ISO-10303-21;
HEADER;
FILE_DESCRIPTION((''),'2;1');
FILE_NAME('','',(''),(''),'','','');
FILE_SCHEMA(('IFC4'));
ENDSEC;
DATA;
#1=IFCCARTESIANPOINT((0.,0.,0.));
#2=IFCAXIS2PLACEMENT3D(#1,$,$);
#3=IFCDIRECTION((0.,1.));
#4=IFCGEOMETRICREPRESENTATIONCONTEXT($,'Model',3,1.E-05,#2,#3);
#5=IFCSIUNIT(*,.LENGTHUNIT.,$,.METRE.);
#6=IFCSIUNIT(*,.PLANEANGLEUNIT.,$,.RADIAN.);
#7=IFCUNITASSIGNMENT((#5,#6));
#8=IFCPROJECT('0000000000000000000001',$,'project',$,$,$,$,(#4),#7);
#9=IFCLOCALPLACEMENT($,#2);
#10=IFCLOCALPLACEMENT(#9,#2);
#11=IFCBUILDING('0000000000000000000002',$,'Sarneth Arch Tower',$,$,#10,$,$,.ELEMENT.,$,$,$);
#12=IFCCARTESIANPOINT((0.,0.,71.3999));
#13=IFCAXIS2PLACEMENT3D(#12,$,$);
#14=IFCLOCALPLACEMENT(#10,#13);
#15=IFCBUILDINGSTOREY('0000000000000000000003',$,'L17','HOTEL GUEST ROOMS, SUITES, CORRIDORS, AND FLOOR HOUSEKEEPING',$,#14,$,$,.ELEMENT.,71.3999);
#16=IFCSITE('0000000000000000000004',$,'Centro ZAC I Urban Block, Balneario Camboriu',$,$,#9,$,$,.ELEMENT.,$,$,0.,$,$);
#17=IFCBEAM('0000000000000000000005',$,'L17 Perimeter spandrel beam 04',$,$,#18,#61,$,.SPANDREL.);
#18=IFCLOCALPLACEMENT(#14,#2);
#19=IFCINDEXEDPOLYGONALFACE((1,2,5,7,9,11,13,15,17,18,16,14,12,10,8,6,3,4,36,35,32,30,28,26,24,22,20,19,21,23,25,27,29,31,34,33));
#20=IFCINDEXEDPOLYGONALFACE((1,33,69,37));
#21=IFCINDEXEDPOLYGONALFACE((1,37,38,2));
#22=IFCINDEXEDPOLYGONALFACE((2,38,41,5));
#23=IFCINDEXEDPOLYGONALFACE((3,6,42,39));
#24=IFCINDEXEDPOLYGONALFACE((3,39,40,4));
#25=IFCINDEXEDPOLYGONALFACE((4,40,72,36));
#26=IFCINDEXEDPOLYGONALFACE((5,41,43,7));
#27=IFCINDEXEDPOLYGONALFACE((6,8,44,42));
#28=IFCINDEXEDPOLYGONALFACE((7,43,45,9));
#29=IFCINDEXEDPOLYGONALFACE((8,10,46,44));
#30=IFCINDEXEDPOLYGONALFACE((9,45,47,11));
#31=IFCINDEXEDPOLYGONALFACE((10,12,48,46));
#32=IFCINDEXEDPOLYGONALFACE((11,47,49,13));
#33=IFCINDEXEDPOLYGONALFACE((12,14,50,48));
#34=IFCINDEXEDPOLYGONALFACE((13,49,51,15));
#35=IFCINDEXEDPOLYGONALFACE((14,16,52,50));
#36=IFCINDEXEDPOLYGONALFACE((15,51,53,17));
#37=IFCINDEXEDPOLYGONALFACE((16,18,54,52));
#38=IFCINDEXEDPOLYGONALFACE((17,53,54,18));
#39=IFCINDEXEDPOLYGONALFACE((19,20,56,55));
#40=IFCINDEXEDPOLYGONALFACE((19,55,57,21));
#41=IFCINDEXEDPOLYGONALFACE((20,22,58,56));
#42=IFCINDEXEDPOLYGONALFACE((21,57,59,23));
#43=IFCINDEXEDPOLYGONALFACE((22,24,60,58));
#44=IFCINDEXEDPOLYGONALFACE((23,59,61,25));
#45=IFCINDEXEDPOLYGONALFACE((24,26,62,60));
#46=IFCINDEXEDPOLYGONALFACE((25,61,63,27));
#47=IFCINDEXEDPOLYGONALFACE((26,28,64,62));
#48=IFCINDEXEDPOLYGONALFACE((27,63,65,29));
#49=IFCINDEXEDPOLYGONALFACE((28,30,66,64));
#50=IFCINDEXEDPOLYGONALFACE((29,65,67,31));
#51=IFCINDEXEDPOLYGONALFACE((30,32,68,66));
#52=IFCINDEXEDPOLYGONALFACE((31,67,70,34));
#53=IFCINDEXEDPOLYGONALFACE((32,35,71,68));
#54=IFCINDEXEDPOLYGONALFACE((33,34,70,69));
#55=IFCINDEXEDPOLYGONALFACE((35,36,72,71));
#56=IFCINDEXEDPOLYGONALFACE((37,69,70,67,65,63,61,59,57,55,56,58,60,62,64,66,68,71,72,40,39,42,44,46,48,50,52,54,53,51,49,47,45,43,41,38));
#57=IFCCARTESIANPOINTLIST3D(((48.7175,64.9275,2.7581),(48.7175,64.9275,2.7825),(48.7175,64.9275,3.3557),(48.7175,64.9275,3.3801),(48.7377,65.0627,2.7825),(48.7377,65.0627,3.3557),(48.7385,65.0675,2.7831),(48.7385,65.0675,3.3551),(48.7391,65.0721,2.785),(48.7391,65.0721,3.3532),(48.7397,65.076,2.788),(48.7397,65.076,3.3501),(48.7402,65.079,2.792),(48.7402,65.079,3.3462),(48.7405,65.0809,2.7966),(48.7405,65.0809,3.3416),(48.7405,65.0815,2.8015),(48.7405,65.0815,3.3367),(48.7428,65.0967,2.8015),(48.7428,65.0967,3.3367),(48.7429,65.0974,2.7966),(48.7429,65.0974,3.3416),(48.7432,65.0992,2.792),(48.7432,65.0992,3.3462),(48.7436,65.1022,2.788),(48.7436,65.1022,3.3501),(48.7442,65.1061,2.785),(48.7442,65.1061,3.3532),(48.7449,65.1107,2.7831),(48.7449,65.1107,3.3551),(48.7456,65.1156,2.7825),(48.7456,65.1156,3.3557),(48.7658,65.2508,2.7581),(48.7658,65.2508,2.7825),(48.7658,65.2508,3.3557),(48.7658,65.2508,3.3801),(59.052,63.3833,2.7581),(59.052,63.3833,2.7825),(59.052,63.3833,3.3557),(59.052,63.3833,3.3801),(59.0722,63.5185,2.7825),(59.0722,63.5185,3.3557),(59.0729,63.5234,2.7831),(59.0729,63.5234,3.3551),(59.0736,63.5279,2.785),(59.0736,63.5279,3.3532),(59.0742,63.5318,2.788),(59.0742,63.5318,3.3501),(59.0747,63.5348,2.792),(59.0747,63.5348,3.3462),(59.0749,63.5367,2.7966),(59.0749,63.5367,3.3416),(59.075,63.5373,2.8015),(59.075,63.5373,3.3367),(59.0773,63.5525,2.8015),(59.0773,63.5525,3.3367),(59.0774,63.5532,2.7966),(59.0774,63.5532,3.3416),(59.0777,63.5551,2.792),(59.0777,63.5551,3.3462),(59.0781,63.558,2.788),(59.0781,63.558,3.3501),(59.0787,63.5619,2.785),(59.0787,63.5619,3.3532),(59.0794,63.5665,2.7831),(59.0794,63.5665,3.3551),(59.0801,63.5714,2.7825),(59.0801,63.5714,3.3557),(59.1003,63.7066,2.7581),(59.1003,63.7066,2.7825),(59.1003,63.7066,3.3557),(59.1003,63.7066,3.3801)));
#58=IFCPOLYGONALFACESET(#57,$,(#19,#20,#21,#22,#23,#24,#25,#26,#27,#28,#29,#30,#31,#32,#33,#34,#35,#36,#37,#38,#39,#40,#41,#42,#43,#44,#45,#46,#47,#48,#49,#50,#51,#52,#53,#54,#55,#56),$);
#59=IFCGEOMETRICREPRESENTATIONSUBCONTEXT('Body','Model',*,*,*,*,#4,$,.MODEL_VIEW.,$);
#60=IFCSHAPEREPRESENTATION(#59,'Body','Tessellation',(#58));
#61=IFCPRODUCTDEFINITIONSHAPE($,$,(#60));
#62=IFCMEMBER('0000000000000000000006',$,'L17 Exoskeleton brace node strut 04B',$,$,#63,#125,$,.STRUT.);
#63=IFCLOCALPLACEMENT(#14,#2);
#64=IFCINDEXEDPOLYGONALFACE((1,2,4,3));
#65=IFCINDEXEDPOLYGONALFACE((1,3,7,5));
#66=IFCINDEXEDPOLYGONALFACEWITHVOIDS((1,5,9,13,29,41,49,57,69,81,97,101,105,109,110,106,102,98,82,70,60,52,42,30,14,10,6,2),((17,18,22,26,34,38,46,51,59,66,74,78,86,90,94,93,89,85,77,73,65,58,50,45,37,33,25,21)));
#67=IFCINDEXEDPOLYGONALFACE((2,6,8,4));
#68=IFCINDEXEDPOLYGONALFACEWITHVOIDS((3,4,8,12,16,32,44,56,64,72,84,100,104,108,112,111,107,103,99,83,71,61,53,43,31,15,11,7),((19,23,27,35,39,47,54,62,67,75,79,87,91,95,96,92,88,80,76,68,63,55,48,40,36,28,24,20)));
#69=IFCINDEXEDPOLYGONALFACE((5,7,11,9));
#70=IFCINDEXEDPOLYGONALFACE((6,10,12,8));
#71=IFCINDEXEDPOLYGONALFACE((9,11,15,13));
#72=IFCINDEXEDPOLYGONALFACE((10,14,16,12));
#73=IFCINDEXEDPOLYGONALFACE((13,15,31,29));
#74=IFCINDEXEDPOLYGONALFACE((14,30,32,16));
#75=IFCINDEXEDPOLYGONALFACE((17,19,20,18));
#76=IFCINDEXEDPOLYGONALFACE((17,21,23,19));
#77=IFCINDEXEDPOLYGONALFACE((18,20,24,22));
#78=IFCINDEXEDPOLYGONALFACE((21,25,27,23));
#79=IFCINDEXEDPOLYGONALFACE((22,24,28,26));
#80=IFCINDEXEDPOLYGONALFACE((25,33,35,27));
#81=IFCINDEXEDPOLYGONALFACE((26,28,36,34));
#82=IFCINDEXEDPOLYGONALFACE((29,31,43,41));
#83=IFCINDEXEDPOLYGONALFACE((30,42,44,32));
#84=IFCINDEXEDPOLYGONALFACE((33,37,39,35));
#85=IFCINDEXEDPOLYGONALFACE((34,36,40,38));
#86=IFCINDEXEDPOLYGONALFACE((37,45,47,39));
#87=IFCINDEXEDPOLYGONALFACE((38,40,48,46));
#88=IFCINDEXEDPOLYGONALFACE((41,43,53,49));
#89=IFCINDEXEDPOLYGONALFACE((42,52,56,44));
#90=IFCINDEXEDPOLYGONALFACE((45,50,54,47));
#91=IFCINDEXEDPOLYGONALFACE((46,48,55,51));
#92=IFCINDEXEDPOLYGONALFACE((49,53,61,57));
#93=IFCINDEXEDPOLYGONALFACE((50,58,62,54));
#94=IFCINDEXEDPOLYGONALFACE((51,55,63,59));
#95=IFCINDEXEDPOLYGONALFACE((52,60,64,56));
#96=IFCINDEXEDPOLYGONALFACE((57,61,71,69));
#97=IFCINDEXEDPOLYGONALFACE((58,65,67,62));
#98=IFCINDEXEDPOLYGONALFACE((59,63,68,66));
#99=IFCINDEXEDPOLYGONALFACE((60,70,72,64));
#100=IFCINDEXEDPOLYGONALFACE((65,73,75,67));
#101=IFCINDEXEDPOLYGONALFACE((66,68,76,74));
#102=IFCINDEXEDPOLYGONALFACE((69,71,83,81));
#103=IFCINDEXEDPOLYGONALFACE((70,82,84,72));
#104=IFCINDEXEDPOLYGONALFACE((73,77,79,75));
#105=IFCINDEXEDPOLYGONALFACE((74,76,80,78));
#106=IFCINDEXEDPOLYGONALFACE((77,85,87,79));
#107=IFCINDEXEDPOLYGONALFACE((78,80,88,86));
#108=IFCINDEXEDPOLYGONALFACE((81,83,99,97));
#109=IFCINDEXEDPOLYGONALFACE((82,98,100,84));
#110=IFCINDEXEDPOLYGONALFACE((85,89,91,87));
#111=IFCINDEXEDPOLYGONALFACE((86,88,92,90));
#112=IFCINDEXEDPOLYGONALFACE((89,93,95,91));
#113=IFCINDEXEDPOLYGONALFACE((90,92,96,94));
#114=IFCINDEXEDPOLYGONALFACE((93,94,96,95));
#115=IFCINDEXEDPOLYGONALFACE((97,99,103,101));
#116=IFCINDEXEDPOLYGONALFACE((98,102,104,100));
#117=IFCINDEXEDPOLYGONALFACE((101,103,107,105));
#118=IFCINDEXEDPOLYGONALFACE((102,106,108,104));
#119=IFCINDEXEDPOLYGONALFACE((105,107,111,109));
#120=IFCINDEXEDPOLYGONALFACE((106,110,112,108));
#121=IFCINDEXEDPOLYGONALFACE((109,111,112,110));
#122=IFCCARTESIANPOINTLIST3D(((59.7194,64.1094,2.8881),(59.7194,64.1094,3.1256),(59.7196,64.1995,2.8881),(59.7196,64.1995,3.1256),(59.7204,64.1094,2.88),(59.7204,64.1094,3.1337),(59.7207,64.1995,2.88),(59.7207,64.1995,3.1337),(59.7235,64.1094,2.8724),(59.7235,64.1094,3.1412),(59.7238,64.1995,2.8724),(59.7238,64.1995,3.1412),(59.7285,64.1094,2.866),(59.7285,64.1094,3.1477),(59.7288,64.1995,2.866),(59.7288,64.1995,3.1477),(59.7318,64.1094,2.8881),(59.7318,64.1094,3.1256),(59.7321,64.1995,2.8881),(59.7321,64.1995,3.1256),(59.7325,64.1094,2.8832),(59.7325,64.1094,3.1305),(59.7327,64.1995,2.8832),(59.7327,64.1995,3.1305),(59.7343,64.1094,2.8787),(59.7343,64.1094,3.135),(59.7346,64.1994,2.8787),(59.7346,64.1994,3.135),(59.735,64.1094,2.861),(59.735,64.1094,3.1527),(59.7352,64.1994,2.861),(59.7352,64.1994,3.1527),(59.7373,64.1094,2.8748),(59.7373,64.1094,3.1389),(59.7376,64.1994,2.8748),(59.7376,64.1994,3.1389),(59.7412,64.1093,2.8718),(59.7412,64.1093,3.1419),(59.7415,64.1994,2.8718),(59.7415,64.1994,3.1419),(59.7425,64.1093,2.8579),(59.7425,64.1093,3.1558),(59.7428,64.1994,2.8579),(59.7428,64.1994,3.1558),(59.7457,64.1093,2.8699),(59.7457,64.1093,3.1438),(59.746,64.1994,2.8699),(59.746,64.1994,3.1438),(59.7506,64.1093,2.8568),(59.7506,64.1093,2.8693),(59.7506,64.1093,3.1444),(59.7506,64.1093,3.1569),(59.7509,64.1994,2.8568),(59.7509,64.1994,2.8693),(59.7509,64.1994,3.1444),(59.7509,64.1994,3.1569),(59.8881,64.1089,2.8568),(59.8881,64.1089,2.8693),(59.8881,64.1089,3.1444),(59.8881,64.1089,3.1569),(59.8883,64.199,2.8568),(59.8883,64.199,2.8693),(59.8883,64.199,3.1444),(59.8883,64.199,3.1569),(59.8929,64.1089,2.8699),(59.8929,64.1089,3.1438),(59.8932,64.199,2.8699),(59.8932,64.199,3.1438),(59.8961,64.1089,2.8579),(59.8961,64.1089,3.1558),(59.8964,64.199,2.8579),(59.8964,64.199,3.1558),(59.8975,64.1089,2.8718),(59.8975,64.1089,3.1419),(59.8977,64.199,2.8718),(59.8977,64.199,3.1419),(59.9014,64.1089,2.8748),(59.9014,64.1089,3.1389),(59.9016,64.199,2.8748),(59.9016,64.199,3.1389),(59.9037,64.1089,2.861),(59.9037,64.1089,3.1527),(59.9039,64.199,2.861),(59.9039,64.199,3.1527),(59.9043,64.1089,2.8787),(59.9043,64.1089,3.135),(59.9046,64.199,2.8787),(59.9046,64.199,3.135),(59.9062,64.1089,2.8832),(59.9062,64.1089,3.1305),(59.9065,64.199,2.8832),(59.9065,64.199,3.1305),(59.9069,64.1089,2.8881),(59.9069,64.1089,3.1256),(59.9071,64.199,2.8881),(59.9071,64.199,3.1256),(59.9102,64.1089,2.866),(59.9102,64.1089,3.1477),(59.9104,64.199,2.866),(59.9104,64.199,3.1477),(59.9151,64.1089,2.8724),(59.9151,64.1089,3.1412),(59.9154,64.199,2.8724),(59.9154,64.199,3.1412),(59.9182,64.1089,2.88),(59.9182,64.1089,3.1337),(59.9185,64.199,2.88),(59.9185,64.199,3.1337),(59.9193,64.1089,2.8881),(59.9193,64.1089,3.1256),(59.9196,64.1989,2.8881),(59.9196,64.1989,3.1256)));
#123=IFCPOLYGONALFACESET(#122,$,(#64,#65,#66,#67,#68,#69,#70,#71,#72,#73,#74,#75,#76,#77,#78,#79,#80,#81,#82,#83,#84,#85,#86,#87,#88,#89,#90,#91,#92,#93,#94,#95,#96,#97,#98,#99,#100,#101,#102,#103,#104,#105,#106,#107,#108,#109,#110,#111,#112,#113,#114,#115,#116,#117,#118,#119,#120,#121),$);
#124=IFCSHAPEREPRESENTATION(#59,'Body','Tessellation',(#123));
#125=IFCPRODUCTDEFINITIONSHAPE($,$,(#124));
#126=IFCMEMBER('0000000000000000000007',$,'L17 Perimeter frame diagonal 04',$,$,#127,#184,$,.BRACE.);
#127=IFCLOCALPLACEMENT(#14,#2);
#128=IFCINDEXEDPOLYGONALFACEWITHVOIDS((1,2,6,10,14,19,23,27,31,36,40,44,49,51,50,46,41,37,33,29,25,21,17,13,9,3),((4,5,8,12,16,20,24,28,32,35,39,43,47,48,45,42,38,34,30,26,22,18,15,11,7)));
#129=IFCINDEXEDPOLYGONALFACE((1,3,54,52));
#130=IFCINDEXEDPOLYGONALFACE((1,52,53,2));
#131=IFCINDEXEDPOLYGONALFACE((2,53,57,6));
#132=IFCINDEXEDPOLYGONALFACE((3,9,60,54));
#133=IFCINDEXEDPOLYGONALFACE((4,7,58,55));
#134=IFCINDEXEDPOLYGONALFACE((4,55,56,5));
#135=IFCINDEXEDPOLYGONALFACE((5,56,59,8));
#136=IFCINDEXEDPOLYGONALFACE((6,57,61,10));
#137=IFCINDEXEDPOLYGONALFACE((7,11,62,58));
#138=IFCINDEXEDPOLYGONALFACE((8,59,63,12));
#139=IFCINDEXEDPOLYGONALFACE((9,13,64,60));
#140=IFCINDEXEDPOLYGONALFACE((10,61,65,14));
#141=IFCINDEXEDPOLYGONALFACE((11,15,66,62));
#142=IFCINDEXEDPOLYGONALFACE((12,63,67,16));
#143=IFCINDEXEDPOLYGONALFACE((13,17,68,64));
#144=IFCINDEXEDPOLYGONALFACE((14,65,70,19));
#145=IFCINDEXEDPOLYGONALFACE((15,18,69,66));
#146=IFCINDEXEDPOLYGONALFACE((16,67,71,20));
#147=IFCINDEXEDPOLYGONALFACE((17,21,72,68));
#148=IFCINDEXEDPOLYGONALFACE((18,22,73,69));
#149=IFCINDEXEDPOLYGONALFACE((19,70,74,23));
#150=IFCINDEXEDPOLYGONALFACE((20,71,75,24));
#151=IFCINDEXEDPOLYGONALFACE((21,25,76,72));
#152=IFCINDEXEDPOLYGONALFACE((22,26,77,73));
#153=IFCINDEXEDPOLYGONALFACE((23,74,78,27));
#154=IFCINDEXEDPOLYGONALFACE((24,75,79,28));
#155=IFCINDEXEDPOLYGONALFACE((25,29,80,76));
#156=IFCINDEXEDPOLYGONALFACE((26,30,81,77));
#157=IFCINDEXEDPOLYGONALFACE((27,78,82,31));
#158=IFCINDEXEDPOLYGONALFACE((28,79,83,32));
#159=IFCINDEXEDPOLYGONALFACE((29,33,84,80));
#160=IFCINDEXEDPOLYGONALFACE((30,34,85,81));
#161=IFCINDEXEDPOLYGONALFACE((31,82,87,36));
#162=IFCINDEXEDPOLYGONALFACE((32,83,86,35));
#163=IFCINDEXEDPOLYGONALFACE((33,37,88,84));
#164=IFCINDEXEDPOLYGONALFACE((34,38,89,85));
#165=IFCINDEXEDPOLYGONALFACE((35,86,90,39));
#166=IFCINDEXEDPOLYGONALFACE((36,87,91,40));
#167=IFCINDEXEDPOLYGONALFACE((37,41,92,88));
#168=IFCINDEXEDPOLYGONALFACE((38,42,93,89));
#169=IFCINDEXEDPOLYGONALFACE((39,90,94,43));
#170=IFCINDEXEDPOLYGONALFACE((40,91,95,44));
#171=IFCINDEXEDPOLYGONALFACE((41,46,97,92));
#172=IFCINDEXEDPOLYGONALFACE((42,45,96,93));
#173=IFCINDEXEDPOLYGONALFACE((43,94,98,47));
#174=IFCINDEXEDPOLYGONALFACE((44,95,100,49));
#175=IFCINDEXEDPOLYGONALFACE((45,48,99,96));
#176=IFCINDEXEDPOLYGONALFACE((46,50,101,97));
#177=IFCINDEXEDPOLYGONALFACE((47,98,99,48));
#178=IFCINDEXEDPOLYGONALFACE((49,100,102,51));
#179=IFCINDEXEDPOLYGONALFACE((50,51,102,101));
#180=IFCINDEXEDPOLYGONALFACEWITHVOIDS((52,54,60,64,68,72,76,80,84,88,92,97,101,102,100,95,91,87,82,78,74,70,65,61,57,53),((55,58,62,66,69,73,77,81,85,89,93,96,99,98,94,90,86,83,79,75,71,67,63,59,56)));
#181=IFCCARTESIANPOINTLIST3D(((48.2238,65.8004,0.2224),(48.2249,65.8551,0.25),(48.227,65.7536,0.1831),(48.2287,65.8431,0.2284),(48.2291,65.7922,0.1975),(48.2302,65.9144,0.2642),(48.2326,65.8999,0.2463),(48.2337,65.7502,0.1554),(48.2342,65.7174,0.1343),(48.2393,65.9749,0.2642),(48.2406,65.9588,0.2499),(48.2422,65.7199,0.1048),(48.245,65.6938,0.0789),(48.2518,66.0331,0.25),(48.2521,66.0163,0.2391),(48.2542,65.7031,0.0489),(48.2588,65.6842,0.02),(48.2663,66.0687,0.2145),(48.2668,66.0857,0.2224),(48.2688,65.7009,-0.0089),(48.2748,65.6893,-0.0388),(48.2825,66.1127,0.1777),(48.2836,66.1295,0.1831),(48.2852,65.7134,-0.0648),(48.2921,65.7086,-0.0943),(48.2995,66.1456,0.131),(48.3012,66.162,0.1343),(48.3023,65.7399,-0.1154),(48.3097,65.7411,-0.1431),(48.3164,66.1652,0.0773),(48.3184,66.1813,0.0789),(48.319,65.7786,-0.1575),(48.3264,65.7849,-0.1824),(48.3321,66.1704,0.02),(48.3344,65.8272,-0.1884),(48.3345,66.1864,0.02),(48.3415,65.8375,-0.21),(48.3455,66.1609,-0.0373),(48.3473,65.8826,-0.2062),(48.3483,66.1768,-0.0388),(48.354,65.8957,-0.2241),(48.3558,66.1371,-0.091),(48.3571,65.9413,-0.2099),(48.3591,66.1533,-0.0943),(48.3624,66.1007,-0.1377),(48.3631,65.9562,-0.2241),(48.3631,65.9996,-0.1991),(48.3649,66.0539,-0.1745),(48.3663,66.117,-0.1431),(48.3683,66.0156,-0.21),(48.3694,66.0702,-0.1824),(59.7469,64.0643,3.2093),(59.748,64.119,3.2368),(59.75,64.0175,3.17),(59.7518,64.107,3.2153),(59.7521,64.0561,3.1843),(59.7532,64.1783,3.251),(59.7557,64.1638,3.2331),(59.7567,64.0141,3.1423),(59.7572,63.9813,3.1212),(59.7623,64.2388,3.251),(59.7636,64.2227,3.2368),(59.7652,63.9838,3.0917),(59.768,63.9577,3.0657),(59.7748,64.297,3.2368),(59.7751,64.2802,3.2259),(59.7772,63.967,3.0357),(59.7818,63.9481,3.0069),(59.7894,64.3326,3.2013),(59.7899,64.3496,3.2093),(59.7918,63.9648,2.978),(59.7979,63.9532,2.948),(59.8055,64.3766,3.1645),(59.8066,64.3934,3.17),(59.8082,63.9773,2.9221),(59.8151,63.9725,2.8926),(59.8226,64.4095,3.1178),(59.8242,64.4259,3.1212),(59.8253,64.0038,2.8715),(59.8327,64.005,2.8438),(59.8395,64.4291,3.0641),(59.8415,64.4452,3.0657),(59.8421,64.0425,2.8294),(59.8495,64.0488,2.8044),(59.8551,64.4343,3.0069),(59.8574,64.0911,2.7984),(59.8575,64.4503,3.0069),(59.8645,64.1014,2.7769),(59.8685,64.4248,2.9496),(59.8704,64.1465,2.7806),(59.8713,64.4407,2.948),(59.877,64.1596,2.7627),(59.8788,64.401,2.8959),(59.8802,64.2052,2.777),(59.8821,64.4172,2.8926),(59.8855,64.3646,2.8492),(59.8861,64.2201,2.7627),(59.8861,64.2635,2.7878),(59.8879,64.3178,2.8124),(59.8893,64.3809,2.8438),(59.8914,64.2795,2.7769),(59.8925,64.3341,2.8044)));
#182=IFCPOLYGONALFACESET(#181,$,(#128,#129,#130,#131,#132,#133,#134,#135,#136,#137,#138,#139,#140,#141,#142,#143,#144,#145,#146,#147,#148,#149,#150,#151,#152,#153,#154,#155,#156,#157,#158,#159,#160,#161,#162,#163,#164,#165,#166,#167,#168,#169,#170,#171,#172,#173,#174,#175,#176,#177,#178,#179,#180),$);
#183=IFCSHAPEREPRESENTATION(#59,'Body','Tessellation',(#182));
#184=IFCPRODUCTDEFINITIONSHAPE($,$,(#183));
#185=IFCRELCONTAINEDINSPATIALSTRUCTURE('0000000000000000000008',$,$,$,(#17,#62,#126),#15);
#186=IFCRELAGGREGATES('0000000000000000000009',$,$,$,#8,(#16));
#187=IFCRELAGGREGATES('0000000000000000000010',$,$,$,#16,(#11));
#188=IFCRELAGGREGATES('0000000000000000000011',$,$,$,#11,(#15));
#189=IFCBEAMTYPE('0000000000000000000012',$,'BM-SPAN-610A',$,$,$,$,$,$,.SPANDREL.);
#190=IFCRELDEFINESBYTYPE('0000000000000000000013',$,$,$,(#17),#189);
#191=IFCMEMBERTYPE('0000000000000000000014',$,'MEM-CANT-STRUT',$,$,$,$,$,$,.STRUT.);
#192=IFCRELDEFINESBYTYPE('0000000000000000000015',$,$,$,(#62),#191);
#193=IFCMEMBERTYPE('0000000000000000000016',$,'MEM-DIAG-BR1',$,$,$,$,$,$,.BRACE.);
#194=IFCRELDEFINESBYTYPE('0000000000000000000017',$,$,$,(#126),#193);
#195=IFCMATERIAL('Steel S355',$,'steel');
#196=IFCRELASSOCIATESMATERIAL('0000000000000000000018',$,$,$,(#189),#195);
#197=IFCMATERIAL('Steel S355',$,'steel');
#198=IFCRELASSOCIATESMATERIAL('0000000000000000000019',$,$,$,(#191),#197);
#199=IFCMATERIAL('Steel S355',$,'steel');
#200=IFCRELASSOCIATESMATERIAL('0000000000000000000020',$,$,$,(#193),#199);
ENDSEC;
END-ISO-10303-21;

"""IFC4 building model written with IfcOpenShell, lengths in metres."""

from ifc_helpers import new_model, si_unit, direction, frame, origin, origin_2d, place, context, subcontext, project, spatial, hollow_rectangle, hollow_circle, i_section, extrude, material, material_profile, profile_set, type_object, element, save


model = new_model("IFC4")

# Units and contexts
model_context = context("Model", 3, precision=1e-05, world=origin(), true_north=direction((0.0, 1.0)))
body_context = subcontext(model_context, "Body", "Model", "MODEL_VIEW")
ifc_project = project(units=[si_unit("LENGTHUNIT", "METRE"), si_unit("PLANEANGLEUNIT", "RADIAN")], contexts=[model_context])

# Site, building, storey
site_placement = place(None, origin())
site = spatial("IfcSite", under=ifc_project, at=site_placement, Name="Centro ZAC I Urban Block, Balneario Camboriu", CompositionType="ELEMENT", RefElevation=0.0)
building_placement = place(site_placement, origin())
building = spatial("IfcBuilding", under=site, at=building_placement, Name="Sarneth Arch Tower", CompositionType="ELEMENT")
storey_placement = place(building_placement, frame((0.0, 0.0, 71.3999)))
storey = spatial("IfcBuildingStorey", under=building, at=storey_placement, Name="L17", Description="HOTEL GUEST ROOMS, SUITES, CORRIDORS, AND FLOOR HOUSEKEEPING", CompositionType="ELEMENT", Elevation=71.3999)

# Beam
ifc_material_1 = material(Name="Steel S355", Category="steel")
ifc_material_profile_1 = material_profile(ifc_material_1, i_section(OverallWidth=0.3269, OverallDepth=0.6221, WebThickness=0.0154, FlangeThickness=0.0244, FilletRadius=0.019, at=origin_2d()), Name="W610x195")
ifc_profile_set_1 = profile_set([ifc_material_profile_1], Name="Steel S355")
beam_type_1 = type_object("IfcBeamType", Name="BM-SPAN-610A", PredefinedType="SPANDREL", material=ifc_profile_set_1)
beam_1_placement = place(storey_placement, frame((59.0762, 63.5449, 3.0691), z_axis=(-0.98902, 0.147781, 0.0), x_axis=(-0.147781, -0.98902, 0.0)))
element("IfcBeam", 1, at=beam_1_placement, inside=storey, type_object=beam_type_1, Name="L17 Perimeter spandrel beam 04", PredefinedType="SPANDREL", context=body_context, shape_type="SweptSolid", body=[
    extrude(i_section(OverallWidth=0.3269, OverallDepth=0.6221, WebThickness=0.0154, FlangeThickness=0.0244, FilletRadius=0.019, at=origin_2d()), origin(), (0.0, 0.0, 1.0), 10.4492),
])

# Members
ifc_material_2 = material(Name="Steel S355", Category="steel")
ifc_material_profile_2 = material_profile(ifc_material_2, hollow_rectangle(XDim=0.2, YDim=0.3, WallThickness=0.0125, InnerFilletRadius=0.0188, OuterFilletRadius=0.0312, at=origin_2d()), Name="RHS300x200x12.5")
ifc_profile_set_2 = profile_set([ifc_material_profile_2], Name="Steel S355")
member_type_1 = type_object("IfcMemberType", Name="MEM-CANT-STRUT", PredefinedType="STRUT", material=ifc_profile_set_2)
member_1_placement = place(storey_placement, frame((59.8193, 64.1091, 3.0068), z_axis=(0.00271, 0.999996, 0.0), x_axis=(-0.999996, 0.00271, 0.0)))
element("IfcMember", 2, at=member_1_placement, inside=storey, type_object=member_type_1, Name="L17 Exoskeleton brace node strut 04B", PredefinedType="STRUT", context=body_context, shape_type="SweptSolid", body=[
    extrude(hollow_rectangle(XDim=0.2, YDim=0.3, WallThickness=0.0125, InnerFilletRadius=0.0188, OuterFilletRadius=0.0312, at=origin_2d()), origin(), (0.0, 0.0, 1.0), 0.0901),
])
ifc_material_3 = material(Name="Steel S355", Category="steel")
ifc_material_profile_3 = material_profile(ifc_material_3, hollow_circle(Radius=0.2539, WallThickness=0.0161, at=origin_2d()), Name="CHS508x16")
ifc_profile_set_3 = profile_set([ifc_material_profile_3], Name="Steel S355")
member_type_2 = type_object("IfcMemberType", Name="MEM-DIAG-BR1", PredefinedType="BRACE", material=ifc_profile_set_3)
member_2_placement = place(storey_placement, frame((48.2966, 65.9353, 0.02), z_axis=(0.957876, -0.144317, 0.248287), x_axis=(0.148982, 0.98884, 0.0)))
element("IfcMember", 3, at=member_2_placement, inside=storey, type_object=member_type_2, Name="L17 Perimeter frame diagonal 04", PredefinedType="BRACE", context=body_context, shape_type="SweptSolid", body=[
    extrude(hollow_circle(Radius=0.2539, WallThickness=0.0161, at=origin_2d()), origin(), (0.0, 0.0, 1.0), 12.0298),
])

save(model, "model.ifc")
